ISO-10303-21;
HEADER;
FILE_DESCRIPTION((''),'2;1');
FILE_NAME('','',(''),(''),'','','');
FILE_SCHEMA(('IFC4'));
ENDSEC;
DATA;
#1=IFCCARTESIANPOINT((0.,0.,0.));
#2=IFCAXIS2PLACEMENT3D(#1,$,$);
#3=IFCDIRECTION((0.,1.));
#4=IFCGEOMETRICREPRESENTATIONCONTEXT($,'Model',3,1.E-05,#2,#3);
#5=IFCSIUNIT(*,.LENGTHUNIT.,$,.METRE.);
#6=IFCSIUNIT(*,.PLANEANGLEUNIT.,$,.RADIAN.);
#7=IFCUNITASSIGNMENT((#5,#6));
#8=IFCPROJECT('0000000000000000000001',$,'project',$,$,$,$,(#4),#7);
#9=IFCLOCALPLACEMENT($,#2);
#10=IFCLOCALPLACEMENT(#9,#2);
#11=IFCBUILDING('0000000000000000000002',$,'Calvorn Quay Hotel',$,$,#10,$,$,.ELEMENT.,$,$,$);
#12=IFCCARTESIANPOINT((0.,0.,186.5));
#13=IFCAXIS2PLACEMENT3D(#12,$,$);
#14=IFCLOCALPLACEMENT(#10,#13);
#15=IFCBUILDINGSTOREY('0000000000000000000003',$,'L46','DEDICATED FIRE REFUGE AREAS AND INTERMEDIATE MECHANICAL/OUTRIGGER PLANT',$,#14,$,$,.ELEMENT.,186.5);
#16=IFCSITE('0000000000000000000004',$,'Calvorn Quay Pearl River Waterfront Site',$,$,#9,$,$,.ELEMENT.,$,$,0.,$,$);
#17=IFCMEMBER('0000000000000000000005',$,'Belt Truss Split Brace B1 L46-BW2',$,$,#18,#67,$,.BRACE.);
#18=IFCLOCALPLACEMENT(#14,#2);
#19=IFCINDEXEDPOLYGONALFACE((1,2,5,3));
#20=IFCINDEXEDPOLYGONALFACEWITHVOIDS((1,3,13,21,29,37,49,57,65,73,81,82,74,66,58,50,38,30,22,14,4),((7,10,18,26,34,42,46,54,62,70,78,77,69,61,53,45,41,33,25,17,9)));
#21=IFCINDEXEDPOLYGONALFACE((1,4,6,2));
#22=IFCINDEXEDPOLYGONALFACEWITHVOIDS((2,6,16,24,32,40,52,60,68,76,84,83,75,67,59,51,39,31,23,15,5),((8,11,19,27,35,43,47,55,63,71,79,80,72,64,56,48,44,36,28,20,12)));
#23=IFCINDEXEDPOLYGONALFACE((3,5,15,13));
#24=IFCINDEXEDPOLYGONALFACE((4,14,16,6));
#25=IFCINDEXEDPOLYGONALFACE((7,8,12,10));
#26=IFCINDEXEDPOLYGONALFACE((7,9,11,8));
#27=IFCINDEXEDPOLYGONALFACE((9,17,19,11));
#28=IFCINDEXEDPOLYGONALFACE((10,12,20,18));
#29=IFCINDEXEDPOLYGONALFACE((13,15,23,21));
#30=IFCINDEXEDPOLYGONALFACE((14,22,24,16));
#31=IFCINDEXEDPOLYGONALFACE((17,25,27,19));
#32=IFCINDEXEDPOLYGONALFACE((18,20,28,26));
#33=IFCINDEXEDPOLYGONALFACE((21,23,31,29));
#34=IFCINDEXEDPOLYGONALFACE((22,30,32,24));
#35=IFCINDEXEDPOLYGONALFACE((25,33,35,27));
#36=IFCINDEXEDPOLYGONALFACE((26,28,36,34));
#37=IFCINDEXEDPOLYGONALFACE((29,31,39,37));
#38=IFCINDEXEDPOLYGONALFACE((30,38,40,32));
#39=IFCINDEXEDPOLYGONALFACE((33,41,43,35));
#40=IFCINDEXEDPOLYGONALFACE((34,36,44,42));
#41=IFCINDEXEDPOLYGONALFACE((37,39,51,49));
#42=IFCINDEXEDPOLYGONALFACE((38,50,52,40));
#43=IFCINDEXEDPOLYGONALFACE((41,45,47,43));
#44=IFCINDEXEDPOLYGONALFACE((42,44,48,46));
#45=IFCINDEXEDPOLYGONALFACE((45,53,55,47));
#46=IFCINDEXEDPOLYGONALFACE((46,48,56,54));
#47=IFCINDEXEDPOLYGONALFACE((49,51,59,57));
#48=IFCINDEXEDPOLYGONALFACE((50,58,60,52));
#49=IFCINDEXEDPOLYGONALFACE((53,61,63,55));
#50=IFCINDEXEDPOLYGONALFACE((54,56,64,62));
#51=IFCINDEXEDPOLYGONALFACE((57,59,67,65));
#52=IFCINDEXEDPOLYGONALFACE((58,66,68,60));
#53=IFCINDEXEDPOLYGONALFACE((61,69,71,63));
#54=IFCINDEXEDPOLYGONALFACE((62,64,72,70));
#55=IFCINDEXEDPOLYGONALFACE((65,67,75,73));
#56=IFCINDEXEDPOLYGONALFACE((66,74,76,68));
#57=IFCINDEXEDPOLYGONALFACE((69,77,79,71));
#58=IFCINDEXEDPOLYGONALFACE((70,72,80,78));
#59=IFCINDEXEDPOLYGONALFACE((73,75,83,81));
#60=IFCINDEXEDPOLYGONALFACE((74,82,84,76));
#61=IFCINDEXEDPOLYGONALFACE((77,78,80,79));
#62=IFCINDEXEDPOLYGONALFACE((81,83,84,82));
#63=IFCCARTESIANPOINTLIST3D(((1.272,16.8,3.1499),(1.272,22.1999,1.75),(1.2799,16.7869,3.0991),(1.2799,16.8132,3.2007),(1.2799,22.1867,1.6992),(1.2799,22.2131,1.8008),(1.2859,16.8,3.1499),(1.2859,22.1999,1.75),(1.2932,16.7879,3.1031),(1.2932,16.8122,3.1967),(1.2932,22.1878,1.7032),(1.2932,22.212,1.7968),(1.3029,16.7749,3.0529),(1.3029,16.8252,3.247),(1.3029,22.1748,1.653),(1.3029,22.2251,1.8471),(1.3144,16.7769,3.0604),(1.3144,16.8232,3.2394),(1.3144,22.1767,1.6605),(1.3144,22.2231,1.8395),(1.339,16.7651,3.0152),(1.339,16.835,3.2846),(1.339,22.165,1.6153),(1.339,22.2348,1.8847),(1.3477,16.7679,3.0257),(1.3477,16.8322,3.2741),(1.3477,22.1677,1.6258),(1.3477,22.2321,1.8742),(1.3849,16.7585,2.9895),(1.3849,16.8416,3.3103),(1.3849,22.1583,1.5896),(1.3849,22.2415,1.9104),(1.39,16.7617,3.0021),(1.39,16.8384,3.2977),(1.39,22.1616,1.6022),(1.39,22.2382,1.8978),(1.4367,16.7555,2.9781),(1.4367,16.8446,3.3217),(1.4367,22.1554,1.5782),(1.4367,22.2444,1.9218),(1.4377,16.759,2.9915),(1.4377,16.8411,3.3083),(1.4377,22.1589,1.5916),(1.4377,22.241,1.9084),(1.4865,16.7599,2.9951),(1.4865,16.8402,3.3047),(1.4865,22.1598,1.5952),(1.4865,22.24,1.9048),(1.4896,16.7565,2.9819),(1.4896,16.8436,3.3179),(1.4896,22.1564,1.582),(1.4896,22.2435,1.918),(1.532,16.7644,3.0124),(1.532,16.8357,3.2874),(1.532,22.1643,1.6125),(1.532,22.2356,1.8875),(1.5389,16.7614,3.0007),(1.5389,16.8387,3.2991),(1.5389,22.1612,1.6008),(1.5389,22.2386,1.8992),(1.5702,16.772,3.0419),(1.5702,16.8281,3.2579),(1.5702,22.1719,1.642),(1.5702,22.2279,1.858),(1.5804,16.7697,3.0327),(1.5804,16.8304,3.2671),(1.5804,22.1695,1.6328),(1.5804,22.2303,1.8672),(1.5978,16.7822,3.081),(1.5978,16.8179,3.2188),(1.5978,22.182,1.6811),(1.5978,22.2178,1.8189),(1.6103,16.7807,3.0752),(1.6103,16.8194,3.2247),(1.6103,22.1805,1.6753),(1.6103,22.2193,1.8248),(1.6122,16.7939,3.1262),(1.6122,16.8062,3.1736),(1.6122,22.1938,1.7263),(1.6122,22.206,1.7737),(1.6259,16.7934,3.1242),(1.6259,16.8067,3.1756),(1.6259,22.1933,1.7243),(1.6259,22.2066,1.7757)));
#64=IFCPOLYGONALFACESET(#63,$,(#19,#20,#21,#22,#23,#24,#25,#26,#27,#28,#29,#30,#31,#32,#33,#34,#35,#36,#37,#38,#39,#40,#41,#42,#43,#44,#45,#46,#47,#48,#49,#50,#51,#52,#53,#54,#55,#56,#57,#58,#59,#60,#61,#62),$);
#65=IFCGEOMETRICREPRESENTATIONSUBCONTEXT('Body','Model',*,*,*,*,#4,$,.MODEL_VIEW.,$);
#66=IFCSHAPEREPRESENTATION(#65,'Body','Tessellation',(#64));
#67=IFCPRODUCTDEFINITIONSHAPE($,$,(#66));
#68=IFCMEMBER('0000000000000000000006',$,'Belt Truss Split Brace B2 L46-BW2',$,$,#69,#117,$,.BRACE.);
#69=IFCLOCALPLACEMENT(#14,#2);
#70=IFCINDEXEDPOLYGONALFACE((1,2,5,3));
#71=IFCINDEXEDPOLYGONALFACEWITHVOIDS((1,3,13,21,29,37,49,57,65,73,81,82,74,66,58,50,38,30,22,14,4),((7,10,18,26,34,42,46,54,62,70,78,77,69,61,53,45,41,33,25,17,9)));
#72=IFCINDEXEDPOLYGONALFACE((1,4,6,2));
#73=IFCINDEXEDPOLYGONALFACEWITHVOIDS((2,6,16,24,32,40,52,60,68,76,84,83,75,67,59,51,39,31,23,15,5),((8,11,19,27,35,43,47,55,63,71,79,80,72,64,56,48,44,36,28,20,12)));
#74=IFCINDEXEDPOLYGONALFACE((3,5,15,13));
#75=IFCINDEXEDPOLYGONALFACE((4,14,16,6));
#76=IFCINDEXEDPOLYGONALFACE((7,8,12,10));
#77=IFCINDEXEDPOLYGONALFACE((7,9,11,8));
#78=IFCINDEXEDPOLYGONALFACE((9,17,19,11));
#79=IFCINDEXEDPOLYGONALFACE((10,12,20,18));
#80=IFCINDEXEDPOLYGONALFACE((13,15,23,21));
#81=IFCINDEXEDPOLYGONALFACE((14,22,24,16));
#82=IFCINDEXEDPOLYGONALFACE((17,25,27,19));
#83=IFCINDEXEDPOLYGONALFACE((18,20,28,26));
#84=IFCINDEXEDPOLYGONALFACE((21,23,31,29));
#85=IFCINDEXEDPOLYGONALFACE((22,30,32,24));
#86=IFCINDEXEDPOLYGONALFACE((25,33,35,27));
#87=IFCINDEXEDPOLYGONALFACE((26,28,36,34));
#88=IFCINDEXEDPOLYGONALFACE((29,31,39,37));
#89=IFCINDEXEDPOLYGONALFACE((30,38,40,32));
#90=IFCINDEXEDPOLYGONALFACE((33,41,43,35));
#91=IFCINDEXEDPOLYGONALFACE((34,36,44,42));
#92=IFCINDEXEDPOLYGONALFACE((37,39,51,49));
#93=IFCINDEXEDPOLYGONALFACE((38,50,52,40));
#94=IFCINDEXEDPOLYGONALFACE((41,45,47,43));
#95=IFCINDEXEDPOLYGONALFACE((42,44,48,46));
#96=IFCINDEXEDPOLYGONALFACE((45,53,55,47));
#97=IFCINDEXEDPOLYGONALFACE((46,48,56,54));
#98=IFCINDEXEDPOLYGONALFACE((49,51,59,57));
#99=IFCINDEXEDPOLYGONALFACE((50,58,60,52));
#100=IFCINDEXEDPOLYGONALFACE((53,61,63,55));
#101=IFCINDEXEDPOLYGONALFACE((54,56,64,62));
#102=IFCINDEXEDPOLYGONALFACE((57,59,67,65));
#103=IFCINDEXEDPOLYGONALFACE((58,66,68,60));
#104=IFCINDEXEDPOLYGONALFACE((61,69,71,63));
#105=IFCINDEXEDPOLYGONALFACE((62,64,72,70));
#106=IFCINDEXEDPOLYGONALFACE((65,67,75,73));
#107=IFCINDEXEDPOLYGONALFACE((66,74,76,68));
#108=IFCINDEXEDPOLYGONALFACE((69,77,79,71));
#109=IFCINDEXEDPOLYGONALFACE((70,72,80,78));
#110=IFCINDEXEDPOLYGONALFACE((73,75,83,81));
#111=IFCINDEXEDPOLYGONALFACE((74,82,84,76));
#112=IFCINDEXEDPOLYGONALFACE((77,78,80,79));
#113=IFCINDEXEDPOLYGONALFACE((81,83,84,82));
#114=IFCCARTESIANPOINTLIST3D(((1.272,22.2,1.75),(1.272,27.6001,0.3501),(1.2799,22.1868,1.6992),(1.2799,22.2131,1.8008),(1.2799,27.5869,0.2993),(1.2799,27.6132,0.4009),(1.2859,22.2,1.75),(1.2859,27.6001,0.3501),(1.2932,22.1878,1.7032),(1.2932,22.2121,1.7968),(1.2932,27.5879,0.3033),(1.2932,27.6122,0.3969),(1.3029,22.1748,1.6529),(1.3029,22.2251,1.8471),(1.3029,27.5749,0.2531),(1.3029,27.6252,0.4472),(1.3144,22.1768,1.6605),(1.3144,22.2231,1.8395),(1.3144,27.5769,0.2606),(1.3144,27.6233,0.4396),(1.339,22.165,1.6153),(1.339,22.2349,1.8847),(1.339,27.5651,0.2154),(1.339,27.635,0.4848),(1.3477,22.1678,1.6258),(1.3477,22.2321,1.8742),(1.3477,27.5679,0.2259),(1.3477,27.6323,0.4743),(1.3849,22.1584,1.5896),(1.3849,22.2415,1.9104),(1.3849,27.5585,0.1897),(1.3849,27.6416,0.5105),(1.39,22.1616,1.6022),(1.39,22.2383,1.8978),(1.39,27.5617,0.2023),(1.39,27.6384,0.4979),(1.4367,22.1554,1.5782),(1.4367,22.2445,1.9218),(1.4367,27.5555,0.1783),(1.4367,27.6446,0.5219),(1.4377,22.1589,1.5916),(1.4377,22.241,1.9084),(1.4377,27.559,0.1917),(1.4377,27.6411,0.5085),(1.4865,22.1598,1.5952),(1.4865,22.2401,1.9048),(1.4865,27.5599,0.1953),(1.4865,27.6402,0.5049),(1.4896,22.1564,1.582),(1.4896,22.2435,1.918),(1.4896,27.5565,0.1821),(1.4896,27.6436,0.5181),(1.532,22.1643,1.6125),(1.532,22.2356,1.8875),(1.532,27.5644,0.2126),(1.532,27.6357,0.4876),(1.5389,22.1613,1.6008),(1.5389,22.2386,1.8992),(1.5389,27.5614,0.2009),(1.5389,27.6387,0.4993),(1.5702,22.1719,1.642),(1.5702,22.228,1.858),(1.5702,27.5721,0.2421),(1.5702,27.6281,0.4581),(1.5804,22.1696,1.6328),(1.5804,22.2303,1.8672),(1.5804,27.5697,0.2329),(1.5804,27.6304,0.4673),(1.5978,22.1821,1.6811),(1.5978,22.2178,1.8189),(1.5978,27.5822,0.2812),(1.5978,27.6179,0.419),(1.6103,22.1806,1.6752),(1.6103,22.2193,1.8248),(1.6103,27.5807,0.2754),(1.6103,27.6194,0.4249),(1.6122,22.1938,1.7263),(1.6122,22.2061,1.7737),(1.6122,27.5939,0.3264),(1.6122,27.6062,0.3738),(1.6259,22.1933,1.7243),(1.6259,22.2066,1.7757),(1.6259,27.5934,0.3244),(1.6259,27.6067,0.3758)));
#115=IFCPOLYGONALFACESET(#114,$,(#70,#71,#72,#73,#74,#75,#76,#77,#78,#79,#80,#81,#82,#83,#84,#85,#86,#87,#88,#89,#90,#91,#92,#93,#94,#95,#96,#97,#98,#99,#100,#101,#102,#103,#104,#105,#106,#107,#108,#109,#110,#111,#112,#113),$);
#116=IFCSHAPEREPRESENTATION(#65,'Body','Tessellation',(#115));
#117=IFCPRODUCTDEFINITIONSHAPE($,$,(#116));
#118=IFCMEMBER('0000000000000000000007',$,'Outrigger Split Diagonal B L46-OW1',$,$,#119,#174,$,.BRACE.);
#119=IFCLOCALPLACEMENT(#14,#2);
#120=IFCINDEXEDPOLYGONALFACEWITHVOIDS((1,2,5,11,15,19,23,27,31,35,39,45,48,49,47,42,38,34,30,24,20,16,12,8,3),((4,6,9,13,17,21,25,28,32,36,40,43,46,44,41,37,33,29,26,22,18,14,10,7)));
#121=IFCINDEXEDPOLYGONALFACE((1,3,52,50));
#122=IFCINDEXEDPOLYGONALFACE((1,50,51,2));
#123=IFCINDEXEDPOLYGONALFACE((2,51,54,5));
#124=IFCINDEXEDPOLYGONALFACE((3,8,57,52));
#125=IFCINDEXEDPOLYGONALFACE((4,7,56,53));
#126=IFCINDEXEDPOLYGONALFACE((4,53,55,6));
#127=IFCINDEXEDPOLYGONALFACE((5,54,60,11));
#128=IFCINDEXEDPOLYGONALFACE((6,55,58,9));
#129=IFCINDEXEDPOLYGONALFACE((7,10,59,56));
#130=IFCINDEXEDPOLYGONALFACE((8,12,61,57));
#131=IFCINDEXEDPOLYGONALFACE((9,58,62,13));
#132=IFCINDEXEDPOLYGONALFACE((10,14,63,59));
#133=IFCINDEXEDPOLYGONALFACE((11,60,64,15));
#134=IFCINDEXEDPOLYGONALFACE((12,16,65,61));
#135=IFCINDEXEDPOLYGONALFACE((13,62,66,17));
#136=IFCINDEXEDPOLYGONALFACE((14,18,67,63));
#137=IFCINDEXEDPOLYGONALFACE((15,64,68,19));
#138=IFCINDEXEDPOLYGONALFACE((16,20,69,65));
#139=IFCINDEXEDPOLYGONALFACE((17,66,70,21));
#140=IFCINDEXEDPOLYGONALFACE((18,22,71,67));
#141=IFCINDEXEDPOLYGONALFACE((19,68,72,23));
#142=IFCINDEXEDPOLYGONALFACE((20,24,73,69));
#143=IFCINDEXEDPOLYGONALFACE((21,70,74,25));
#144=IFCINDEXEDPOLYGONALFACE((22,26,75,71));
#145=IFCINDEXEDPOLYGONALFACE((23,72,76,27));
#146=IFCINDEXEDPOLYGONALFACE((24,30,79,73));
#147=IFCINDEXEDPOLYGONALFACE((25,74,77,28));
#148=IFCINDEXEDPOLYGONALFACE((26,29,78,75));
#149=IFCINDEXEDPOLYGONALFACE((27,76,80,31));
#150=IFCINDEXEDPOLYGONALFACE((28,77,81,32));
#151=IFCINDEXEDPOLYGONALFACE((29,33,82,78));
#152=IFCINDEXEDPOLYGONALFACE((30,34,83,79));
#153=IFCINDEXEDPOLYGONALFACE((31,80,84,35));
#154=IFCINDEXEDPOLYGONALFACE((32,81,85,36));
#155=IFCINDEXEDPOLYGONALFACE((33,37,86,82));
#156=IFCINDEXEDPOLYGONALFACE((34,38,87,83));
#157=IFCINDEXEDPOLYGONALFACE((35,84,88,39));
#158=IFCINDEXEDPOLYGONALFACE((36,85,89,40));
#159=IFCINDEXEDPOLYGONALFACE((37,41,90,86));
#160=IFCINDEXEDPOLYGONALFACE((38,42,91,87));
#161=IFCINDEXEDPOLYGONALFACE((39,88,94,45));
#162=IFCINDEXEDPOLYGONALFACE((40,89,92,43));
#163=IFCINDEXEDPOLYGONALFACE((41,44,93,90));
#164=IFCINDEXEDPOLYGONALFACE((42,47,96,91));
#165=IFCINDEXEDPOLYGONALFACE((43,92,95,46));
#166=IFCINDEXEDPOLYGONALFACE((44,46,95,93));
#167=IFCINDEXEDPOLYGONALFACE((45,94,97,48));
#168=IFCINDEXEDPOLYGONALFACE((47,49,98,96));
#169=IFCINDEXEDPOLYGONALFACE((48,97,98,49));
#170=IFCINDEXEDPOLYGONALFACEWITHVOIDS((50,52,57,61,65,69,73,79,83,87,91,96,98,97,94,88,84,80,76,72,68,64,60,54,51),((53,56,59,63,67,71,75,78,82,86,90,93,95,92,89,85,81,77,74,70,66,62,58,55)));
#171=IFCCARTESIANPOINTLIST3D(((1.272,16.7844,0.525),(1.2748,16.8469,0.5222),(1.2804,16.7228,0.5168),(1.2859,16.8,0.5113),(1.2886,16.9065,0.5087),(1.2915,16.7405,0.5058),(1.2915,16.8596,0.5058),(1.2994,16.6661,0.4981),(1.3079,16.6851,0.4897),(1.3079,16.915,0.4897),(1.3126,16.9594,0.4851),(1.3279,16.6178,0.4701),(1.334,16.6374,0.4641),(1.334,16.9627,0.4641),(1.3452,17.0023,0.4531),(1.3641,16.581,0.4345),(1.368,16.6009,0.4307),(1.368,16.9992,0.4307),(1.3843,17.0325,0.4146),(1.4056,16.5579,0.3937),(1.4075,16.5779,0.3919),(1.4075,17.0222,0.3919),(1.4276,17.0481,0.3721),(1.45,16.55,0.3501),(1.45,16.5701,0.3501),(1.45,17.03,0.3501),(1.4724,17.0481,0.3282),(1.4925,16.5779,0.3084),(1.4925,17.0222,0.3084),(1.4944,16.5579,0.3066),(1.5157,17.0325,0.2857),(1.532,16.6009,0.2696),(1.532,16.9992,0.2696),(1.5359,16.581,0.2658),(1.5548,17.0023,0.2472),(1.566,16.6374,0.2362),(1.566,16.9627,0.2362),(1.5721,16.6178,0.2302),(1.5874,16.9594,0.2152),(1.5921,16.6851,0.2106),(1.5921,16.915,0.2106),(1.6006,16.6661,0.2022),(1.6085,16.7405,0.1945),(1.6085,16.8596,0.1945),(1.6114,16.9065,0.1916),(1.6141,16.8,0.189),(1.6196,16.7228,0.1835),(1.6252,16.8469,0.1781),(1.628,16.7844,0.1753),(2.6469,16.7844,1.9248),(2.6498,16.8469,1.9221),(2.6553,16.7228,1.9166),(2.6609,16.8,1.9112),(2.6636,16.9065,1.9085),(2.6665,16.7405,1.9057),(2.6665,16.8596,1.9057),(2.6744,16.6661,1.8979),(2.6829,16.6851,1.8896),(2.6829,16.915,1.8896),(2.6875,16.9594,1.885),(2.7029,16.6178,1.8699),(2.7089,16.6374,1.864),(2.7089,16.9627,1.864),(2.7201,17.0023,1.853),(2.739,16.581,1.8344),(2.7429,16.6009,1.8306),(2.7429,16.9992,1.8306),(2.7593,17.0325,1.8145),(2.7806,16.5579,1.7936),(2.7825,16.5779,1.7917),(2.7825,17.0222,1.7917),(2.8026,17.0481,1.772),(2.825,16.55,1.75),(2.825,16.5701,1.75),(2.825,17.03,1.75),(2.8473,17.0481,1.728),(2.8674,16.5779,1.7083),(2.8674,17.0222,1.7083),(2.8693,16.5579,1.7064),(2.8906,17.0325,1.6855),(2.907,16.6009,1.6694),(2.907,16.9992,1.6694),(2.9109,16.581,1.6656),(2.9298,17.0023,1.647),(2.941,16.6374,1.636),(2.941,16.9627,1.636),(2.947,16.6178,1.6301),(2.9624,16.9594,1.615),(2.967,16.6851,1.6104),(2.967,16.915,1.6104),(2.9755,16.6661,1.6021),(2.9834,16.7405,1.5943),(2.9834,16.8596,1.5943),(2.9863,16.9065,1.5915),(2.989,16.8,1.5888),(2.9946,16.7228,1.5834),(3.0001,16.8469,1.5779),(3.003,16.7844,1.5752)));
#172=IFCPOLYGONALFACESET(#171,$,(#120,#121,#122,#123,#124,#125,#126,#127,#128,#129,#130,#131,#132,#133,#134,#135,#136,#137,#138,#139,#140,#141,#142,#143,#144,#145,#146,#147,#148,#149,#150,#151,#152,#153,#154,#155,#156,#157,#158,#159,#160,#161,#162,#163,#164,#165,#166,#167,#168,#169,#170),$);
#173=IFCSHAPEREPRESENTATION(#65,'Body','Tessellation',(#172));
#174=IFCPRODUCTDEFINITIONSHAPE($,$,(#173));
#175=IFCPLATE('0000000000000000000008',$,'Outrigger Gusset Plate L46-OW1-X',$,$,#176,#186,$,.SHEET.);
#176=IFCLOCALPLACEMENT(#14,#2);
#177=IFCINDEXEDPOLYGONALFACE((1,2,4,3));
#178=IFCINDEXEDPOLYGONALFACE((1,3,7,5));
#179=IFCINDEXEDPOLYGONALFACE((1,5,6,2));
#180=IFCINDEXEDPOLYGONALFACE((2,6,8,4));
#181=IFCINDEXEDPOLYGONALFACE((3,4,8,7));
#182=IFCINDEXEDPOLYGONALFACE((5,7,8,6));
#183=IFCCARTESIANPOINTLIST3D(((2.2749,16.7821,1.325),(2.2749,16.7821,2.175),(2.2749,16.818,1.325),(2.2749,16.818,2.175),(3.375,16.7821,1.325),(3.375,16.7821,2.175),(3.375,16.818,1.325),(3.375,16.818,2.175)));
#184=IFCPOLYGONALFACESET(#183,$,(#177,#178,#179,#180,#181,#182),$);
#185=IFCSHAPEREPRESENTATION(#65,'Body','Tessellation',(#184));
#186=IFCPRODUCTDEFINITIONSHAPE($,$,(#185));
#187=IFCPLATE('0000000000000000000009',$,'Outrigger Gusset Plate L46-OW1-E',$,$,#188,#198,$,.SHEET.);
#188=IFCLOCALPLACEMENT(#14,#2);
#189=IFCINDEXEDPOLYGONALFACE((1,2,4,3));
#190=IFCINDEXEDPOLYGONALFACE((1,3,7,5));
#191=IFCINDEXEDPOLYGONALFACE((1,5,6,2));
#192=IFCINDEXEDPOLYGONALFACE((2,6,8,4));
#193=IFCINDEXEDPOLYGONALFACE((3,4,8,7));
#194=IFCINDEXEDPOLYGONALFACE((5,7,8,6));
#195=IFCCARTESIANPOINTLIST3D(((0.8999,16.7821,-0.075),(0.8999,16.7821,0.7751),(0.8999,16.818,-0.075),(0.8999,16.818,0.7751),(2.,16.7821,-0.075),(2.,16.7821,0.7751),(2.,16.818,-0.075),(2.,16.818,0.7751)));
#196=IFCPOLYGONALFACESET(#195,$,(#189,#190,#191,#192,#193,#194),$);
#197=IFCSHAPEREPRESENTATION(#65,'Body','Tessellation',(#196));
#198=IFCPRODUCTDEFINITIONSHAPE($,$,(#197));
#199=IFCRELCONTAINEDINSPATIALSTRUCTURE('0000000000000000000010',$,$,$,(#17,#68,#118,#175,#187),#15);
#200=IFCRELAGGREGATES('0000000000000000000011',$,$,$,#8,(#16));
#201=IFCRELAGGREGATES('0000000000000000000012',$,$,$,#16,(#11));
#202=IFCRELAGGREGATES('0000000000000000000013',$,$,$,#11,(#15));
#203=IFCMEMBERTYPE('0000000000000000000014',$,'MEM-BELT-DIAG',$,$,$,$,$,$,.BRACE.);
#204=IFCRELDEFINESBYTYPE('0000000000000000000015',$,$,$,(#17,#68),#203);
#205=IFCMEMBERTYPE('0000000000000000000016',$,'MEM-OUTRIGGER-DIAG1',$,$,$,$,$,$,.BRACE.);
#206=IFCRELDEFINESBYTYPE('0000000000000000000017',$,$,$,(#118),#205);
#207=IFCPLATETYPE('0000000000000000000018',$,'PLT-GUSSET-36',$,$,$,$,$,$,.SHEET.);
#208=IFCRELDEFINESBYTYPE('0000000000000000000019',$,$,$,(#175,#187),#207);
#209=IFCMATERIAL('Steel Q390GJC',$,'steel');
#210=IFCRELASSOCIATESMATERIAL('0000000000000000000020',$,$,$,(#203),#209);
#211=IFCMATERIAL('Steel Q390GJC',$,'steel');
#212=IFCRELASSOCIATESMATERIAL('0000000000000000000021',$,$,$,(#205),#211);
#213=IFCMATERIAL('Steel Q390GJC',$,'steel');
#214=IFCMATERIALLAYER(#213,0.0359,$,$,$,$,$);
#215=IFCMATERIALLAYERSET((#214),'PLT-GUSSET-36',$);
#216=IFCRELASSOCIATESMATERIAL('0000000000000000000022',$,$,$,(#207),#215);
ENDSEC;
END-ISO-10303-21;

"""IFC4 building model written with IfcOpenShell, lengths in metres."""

from ifc_helpers import new_model, si_unit, direction, frame, origin, origin_2d, place, context, subcontext, project, spatial, rectangle, hollow_circle, extrude, material, layer, layer_set, material_profile, profile_set, type_object, element, save


model = new_model("IFC4")

# Units and contexts
model_context = context("Model", 3, precision=1e-05, world=origin(), true_north=direction((0.0, 1.0)))
body_context = subcontext(model_context, "Body", "Model", "MODEL_VIEW")
ifc_project = project(units=[si_unit("LENGTHUNIT", "METRE"), si_unit("PLANEANGLEUNIT", "RADIAN")], contexts=[model_context])

# Site, building, storey
site_placement = place(None, origin())
site = spatial("IfcSite", under=ifc_project, at=site_placement, Name="Calvorn Quay Pearl River Waterfront Site", CompositionType="ELEMENT", RefElevation=0.0)
building_placement = place(site_placement, origin())
building = spatial("IfcBuilding", under=site, at=building_placement, Name="Calvorn Quay Hotel", CompositionType="ELEMENT")
storey_placement = place(building_placement, frame((0.0, 0.0, 186.5)))
storey = spatial("IfcBuildingStorey", under=building, at=storey_placement, Name="L46", Description="DEDICATED FIRE REFUGE AREAS AND INTERMEDIATE MECHANICAL/OUTRIGGER PLANT", CompositionType="ELEMENT", Elevation=186.5)

# Members
ifc_material_1 = material(Name="Steel Q390GJC", Category="steel")
ifc_material_profile_1 = material_profile(ifc_material_1, hollow_circle(Radius=0.178, WallThickness=0.0139, at=origin_2d()), Name="CHS356x14")
ifc_profile_set_1 = profile_set([ifc_material_profile_1], Name="Steel Q390GJC")
member_type_1 = type_object("IfcMemberType", Name="MEM-BELT-DIAG", PredefinedType="BRACE", material=ifc_profile_set_1)
member_1_placement = place(storey_placement, frame((1.45, 16.8, 3.1499), z_axis=(0.0, 0.968, -0.25095), x_axis=(-1.0, 0.0, 0.0)))
element("IfcMember", 1, at=member_1_placement, inside=storey, type_object=member_type_1, Name="Belt Truss Split Brace B1 L46-BW2", PredefinedType="BRACE", context=body_context, shape_type="SweptSolid", body=[
    extrude(hollow_circle(Radius=0.178, WallThickness=0.0139, at=origin_2d()), origin(), (0.0, 0.0, 1.0), 5.5784),
])
member_2_placement = place(storey_placement, frame((1.45, 22.2, 1.75), z_axis=(0.0, 0.968003, -0.250939), x_axis=(-1.0, 0.0, 0.0)))
element("IfcMember", 2, at=member_2_placement, inside=storey, type_object=member_type_1, Name="Belt Truss Split Brace B2 L46-BW2", PredefinedType="BRACE", context=body_context, shape_type="SweptSolid", body=[
    extrude(hollow_circle(Radius=0.178, WallThickness=0.0139, at=origin_2d()), origin(), (0.0, 0.0, 1.0), 5.5786),
])
ifc_material_2 = material(Name="Steel Q390GJC", Category="steel")
ifc_material_profile_2 = material_profile(ifc_material_2, hollow_circle(Radius=0.25, WallThickness=0.02, at=origin_2d()), Name="CHS500x20")
ifc_profile_set_2 = profile_set([ifc_material_profile_2], Name="Steel Q390GJC")
member_type_2 = type_object("IfcMemberType", Name="MEM-OUTRIGGER-DIAG1", PredefinedType="BRACE", material=ifc_profile_set_2)
member_3_placement = place(storey_placement, frame((2.825, 16.8, 1.75), z_axis=(-0.700733, 0.0, -0.713424), x_axis=(0.0, -1.0, 0.0)))
element("IfcMember", 3, at=member_3_placement, inside=storey, type_object=member_type_2, Name="Outrigger Split Diagonal B L46-OW1", PredefinedType="BRACE", context=body_context, shape_type="SweptSolid", body=[
    extrude(hollow_circle(Radius=0.25, WallThickness=0.02, at=origin_2d()), origin(), (0.0, 0.0, 1.0), 1.9622),
])

# Plates
ifc_material_3 = material(Name="Steel Q390GJC", Category="steel")
ifc_layer_1 = layer(ifc_material_3, 0.0359)
ifc_layer_set_1 = layer_set([ifc_layer_1], Name="PLT-GUSSET-36")
plate_type = type_object("IfcPlateType", Name="PLT-GUSSET-36", PredefinedType="SHEET", material=ifc_layer_set_1)
for number, where, z_axis, x_axis, name in (
    (4, (2.825, 16.8, 1.325), (0.0, 0.0, 1.0), (-1.0, 0.0, 0.0), "Outrigger Gusset Plate L46-OW1-X"),
    (5, (1.45, 16.8, -0.075), (0.0, 0.0, 1.0), (-1.0, 0.0, 0.0), "Outrigger Gusset Plate L46-OW1-E"),
):
    element("IfcPlate", number, at=place(storey_placement, frame(where, z_axis=z_axis, x_axis=x_axis)), inside=storey, type_object=plate_type, Name=name, PredefinedType="SHEET", context=body_context, shape_type="SweptSolid", body=[
        extrude(rectangle(XDim=1.1001, YDim=0.0359, at=origin_2d()), origin(), (0.0, 0.0, 1.0), 0.8501),
    ])

save(model, "model.ifc")
